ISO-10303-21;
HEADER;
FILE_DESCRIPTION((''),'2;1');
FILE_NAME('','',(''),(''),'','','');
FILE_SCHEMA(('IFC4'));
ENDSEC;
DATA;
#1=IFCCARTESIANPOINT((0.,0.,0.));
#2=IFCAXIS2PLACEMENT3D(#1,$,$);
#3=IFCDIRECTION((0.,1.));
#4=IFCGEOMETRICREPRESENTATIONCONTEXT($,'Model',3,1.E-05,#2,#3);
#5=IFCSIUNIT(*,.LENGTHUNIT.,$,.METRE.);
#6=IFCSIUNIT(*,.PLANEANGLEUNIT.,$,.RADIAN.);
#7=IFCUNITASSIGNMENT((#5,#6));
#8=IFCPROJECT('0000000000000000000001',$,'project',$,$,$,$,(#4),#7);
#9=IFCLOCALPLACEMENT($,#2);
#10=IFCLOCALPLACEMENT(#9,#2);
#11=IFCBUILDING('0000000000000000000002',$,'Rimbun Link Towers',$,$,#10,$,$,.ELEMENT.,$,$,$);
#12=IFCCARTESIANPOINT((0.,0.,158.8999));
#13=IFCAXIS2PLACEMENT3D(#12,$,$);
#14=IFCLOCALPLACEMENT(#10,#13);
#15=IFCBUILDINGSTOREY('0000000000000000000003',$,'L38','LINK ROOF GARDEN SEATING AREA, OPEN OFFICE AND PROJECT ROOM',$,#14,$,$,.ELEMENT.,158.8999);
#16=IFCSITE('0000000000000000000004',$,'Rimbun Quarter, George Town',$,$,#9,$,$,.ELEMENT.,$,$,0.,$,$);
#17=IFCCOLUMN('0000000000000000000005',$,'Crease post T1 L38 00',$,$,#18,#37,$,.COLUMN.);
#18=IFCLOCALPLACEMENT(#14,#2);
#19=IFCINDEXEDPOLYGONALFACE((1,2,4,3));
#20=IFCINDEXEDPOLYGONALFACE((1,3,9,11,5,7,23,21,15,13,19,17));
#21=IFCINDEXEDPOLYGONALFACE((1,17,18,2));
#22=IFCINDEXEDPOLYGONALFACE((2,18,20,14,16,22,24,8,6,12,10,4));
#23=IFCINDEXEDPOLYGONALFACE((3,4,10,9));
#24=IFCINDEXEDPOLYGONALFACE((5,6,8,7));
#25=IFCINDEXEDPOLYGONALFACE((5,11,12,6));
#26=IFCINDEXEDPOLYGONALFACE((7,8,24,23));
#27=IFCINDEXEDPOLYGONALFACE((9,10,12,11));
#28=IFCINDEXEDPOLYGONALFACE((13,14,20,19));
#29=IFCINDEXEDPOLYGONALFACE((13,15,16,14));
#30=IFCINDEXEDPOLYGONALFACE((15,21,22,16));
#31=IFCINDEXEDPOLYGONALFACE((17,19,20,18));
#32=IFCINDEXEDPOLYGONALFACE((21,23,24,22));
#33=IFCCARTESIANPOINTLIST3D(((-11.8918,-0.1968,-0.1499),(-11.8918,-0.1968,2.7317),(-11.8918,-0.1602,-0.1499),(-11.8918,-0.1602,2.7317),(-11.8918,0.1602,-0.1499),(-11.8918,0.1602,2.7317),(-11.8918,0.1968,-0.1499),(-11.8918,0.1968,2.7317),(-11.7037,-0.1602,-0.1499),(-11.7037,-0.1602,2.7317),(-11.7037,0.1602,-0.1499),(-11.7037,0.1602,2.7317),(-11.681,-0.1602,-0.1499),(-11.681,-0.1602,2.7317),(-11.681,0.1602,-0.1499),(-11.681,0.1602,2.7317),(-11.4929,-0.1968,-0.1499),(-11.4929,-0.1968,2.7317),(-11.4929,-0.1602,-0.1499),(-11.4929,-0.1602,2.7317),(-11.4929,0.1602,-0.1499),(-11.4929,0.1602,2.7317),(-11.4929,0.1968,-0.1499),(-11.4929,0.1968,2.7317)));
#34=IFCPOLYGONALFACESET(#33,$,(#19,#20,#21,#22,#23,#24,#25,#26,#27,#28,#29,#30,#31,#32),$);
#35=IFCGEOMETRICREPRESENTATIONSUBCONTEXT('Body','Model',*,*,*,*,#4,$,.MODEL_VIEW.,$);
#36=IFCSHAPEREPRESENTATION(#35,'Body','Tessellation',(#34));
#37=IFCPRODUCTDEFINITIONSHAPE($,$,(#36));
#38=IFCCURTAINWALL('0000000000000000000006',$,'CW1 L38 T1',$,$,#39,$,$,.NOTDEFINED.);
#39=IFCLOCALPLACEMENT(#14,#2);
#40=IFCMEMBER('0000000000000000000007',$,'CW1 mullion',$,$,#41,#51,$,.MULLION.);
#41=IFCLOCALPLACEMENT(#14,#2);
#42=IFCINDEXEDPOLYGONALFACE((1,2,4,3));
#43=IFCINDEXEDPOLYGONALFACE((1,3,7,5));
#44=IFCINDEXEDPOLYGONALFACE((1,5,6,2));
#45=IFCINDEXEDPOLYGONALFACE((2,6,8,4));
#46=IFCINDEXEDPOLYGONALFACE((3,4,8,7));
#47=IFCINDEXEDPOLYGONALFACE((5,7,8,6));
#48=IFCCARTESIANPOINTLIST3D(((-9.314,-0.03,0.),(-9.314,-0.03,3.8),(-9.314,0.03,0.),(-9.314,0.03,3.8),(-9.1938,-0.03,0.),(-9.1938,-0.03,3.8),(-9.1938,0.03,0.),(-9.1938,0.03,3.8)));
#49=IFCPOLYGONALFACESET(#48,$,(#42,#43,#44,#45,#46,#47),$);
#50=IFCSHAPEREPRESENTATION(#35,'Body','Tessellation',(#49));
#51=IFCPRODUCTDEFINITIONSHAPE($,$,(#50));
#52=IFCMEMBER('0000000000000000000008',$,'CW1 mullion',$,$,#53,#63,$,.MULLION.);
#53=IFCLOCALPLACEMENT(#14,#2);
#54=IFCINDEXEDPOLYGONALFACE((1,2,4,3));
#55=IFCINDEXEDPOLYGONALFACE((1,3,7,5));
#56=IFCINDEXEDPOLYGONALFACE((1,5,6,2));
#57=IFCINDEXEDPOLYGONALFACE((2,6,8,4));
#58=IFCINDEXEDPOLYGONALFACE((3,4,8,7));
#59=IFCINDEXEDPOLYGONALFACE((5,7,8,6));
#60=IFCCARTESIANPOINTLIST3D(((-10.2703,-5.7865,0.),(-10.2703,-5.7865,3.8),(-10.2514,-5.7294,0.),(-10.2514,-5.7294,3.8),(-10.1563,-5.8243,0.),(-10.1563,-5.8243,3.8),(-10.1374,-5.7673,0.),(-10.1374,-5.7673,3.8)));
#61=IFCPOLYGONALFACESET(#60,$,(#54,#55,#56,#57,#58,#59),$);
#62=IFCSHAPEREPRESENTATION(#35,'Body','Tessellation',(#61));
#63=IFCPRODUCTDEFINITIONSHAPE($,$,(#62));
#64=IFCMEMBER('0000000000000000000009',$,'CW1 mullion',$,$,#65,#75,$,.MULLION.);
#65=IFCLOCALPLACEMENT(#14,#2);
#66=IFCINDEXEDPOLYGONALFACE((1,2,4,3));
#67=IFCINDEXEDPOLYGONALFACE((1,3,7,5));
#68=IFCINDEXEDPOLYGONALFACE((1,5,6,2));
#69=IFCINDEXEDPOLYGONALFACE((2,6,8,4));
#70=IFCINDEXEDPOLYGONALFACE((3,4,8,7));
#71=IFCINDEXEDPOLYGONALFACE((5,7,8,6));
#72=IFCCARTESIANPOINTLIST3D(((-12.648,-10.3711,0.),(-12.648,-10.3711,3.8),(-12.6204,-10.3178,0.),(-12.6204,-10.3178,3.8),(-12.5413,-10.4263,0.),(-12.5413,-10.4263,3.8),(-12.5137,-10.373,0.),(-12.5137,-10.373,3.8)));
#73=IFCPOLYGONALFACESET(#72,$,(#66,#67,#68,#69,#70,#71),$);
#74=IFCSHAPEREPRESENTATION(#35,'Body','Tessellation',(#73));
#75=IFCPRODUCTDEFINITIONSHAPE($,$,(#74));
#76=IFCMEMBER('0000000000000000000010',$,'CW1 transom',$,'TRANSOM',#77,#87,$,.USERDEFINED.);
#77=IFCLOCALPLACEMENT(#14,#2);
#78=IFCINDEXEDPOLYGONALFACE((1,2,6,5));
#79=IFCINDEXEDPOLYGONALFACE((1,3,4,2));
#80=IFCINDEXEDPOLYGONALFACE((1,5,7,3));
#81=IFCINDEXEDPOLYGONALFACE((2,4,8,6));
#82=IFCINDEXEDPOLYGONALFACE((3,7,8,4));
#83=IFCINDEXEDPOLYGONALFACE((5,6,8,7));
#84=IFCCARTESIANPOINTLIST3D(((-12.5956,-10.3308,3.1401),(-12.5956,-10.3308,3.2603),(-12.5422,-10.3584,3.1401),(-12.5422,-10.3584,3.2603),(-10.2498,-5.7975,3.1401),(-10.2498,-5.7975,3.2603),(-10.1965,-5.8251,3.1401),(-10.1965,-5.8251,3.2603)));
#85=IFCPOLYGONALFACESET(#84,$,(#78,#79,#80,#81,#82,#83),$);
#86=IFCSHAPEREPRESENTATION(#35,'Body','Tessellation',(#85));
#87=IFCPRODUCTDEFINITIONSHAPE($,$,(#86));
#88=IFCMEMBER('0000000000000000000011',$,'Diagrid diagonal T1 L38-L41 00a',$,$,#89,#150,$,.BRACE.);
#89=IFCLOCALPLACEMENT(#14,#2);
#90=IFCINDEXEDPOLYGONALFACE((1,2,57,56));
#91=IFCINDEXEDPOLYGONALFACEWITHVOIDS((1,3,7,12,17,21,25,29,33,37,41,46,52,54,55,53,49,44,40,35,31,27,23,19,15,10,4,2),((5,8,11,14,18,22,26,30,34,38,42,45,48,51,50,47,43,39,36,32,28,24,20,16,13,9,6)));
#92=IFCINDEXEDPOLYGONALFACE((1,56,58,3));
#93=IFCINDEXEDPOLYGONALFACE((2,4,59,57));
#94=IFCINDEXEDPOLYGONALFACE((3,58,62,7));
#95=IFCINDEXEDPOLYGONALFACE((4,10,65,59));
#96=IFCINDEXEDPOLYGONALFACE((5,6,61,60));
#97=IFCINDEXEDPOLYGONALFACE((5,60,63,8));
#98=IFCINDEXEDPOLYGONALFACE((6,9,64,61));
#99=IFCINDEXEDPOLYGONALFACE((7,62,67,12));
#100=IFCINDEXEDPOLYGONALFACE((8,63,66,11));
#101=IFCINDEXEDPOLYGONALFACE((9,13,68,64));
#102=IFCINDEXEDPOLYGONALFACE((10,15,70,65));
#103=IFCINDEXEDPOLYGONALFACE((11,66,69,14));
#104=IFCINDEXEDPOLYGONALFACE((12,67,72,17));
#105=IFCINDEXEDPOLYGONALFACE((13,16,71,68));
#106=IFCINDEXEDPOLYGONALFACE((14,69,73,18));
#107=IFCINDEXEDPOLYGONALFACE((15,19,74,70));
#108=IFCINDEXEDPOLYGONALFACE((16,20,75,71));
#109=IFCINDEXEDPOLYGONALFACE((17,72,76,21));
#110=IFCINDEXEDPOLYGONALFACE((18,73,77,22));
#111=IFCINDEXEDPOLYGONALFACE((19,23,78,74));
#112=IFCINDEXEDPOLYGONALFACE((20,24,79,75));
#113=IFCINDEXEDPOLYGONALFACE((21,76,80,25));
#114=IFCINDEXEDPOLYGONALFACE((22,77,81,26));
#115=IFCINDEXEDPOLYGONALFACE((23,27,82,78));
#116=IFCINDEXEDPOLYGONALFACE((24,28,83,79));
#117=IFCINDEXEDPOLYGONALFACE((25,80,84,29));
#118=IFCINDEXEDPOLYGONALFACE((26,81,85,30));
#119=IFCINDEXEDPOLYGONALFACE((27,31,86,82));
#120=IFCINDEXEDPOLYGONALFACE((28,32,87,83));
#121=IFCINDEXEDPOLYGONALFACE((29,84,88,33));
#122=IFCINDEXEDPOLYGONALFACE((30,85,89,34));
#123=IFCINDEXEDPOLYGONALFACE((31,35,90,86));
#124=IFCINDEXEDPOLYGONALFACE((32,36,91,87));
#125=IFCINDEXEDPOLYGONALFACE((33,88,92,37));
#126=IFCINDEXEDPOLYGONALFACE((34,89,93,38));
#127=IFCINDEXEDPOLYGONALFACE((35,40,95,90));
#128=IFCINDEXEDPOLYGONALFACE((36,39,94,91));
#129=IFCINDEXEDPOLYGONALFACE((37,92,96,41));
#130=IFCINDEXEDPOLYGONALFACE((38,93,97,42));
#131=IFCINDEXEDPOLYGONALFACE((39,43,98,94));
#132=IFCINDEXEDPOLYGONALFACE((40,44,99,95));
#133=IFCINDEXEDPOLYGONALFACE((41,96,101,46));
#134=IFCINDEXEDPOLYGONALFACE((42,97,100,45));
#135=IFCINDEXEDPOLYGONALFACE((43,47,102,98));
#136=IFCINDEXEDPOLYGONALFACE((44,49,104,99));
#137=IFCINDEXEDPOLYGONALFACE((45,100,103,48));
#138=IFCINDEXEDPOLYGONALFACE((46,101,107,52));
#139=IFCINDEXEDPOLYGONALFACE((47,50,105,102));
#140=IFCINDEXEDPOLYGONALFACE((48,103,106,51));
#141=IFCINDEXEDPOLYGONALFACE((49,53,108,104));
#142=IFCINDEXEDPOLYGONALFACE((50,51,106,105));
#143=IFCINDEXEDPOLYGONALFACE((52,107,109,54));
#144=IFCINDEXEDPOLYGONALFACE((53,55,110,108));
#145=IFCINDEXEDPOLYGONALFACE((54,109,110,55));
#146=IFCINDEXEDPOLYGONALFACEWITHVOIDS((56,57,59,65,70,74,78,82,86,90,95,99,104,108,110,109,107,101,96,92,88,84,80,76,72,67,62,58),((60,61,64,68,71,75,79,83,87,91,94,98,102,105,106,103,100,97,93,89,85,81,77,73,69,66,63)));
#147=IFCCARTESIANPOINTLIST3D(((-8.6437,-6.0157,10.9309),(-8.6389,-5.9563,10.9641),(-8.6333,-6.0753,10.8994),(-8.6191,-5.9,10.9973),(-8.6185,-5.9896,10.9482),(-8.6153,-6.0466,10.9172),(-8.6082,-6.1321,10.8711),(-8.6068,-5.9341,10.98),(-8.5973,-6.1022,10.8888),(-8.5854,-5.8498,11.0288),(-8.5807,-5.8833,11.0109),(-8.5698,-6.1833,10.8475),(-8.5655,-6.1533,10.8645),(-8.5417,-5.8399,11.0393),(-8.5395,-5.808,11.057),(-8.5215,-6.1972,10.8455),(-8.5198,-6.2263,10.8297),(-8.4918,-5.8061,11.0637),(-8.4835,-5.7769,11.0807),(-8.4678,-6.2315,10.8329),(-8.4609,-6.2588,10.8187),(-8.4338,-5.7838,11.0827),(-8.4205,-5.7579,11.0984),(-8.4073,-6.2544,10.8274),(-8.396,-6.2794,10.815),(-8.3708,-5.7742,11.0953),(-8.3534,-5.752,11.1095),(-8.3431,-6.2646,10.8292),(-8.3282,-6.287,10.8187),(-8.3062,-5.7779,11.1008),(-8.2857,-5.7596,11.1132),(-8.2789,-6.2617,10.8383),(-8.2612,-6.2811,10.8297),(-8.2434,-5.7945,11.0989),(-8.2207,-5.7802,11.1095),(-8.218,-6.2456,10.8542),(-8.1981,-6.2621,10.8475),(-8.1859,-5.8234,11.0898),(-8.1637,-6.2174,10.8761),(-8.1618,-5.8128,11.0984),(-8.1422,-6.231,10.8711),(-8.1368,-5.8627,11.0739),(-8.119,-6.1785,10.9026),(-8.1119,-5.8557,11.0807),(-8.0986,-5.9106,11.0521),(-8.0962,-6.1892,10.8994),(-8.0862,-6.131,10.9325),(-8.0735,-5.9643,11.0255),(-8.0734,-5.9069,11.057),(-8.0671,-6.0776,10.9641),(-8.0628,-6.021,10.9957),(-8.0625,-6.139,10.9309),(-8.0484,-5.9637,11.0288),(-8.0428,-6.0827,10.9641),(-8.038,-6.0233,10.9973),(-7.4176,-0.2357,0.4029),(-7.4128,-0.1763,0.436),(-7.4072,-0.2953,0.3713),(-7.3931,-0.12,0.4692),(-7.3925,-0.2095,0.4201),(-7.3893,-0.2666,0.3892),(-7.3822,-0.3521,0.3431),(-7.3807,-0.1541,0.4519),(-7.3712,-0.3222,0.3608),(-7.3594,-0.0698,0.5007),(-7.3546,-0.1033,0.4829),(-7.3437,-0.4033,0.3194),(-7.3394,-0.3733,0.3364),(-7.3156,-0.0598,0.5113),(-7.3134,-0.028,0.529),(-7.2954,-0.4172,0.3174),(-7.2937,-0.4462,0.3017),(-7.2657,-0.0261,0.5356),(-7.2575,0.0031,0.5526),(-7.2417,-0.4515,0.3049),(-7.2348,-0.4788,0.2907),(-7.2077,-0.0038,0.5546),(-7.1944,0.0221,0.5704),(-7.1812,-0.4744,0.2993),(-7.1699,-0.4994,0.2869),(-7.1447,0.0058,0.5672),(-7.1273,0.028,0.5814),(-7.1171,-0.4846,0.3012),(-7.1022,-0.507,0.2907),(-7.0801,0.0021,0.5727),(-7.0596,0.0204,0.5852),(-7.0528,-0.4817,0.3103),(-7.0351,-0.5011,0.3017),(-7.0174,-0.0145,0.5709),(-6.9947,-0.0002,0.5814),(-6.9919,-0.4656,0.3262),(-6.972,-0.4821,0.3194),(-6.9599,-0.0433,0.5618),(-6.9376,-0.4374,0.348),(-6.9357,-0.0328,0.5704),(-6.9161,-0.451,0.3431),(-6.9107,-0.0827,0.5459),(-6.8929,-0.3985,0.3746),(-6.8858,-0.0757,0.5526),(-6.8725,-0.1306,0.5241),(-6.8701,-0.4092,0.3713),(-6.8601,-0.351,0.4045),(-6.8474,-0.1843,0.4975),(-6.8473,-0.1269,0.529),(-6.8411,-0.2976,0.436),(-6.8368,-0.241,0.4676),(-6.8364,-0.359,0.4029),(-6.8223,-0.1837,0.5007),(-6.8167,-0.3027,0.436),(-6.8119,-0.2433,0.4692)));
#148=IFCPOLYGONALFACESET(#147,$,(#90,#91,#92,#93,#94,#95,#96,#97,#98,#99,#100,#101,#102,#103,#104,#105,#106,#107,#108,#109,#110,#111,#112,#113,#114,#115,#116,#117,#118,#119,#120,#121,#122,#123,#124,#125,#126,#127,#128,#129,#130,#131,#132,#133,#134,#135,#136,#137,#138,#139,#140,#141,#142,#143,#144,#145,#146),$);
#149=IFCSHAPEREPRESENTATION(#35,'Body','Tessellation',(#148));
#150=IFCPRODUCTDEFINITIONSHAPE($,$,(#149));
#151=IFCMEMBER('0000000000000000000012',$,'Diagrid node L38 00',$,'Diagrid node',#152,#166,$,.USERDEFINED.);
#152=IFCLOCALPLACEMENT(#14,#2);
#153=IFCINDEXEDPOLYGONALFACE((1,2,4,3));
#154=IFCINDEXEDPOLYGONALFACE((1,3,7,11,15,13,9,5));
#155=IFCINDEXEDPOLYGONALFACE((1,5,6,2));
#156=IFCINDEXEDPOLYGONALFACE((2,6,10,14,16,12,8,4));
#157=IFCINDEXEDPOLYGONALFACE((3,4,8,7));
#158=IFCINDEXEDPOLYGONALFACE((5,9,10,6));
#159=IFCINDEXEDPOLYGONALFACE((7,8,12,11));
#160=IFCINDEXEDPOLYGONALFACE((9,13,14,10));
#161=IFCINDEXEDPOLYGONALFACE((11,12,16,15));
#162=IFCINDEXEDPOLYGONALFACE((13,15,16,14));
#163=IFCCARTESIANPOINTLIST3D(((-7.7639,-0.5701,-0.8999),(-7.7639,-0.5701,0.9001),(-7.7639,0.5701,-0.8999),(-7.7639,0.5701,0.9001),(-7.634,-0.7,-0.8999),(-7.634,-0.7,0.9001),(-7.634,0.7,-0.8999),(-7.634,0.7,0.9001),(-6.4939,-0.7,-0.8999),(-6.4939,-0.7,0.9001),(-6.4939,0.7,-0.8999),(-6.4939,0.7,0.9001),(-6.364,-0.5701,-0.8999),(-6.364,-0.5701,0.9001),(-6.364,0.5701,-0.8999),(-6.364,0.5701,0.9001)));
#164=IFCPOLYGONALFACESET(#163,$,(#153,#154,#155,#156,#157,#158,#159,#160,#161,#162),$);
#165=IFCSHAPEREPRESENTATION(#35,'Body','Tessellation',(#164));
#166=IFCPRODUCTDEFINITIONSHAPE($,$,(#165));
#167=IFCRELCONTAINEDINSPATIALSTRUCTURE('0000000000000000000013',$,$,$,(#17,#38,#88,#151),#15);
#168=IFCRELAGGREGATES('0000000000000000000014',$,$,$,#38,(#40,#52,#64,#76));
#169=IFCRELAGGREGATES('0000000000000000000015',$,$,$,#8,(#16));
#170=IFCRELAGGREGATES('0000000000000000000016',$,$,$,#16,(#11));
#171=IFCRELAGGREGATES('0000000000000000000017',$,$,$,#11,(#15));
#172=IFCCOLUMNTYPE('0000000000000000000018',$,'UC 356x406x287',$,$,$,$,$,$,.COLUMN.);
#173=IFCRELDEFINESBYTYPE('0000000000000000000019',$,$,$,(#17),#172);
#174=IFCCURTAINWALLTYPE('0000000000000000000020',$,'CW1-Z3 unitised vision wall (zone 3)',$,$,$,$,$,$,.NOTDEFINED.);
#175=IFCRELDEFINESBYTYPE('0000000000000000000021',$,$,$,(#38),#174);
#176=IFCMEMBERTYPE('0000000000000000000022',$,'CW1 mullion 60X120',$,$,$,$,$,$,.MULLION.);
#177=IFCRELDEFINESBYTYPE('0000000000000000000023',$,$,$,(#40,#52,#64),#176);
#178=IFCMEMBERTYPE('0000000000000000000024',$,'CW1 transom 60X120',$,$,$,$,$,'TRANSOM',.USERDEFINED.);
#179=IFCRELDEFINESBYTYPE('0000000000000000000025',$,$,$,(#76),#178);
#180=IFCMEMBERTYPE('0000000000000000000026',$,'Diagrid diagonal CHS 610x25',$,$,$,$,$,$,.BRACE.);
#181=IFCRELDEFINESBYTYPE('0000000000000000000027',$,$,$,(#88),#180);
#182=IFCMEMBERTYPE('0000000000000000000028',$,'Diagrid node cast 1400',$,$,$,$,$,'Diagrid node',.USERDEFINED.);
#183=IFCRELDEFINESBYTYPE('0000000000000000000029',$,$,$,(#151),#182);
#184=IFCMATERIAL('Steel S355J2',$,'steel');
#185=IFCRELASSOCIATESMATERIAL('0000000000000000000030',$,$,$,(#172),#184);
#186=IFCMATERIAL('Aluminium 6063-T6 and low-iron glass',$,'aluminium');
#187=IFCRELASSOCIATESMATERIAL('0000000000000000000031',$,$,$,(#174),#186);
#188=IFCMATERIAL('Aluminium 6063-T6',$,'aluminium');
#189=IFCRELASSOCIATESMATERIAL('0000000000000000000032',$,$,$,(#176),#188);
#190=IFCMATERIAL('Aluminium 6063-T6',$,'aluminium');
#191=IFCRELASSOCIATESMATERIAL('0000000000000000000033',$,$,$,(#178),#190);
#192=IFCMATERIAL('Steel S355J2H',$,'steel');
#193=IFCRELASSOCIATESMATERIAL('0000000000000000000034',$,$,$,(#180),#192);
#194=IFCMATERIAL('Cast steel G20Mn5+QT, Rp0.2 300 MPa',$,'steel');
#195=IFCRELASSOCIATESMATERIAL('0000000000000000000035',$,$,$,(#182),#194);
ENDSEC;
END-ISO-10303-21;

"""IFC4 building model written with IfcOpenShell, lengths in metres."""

from ifc_helpers import new_model, si_unit, direction, frame, origin, origin_2d, place, context, subcontext, project, spatial, polyline, rectangle, hollow_circle, i_section, outline, extrude, material, material_profile, profile_set, type_object, element, aggregate, save


model = new_model("IFC4")

# Units and contexts
model_context = context("Model", 3, precision=1e-05, world=origin(), true_north=direction((0.0, 1.0)))
body_context = subcontext(model_context, "Body", "Model", "MODEL_VIEW")
ifc_project = project(units=[si_unit("LENGTHUNIT", "METRE"), si_unit("PLANEANGLEUNIT", "RADIAN")], contexts=[model_context])

# Site, building, storey
site_placement = place(None, origin())
site = spatial("IfcSite", under=ifc_project, at=site_placement, Name="Rimbun Quarter, George Town", CompositionType="ELEMENT", RefElevation=0.0)
building_placement = place(site_placement, origin())
building = spatial("IfcBuilding", under=site, at=building_placement, Name="Rimbun Link Towers", CompositionType="ELEMENT")
storey_placement = place(building_placement, frame((0.0, 0.0, 158.8999)))
storey = spatial("IfcBuildingStorey", under=building, at=storey_placement, Name="L38", Description="LINK ROOF GARDEN SEATING AREA, OPEN OFFICE AND PROJECT ROOM", CompositionType="ELEMENT", Elevation=158.8999)

# Column
ifc_material_1 = material(Name="Steel S355J2", Category="steel")
ifc_material_profile_1 = material_profile(ifc_material_1, i_section(OverallWidth=0.3989, OverallDepth=0.3936, WebThickness=0.0227, FlangeThickness=0.0366, at=origin_2d()), Name="UC 356x406x287")
ifc_profile_set_1 = profile_set([ifc_material_profile_1], Name="Steel S355J2")
column_type = type_object("IfcColumnType", Name="UC 356x406x287", PredefinedType="COLUMN", material=ifc_profile_set_1)
column_placement = place(storey_placement, frame((-11.6924, 0.0, -0.1499), z_axis=(0.0, 0.0, 1.0), x_axis=(1.0, 0.0, 0.0)))
element("IfcColumn", 1, at=column_placement, inside=storey, type_object=column_type, Name="Crease post T1 L38 00", PredefinedType="COLUMN", context=body_context, shape_type="SweptSolid", body=[
    extrude(i_section(OverallWidth=0.3989, OverallDepth=0.3936, WebThickness=0.0227, FlangeThickness=0.0366, at=origin_2d()), origin(), (0.0, 0.0, 1.0), 2.8816),
])

# Curtain wall, members
ifc_material_2 = material(Name="Aluminium 6063-T6 and low-iron glass", Category="aluminium")
curtain_wall_type = type_object("IfcCurtainWallType", Name="CW1-Z3 unitised vision wall (zone 3)", PredefinedType="NOTDEFINED", material=ifc_material_2)
curtain_wall_placement = place(storey_placement, origin())
curtain_wall = element("IfcCurtainWall", 2, at=curtain_wall_placement, inside=storey, type_object=curtain_wall_type, Name="CW1 L38 T1", PredefinedType="NOTDEFINED")
ifc_material_3 = material(Name="Aluminium 6063-T6", Category="aluminium")
ifc_material_profile_2 = material_profile(ifc_material_3, rectangle(XDim=0.1201, YDim=0.0601, at=origin_2d()), Name="MULLION 60X120")
ifc_profile_set_2 = profile_set([ifc_material_profile_2], Name="Aluminium 6063-T6")
member_type_1 = type_object("IfcMemberType", Name="CW1 mullion 60X120", PredefinedType="MULLION", material=ifc_profile_set_2)
member_1_placement = place(storey_placement, frame((-9.2539, 0.0, 0.0), z_axis=(0.0, 0.0, 1.0), x_axis=(1.0, 0.0, 0.0)))
member_1 = element("IfcMember", 3, at=member_1_placement, type_object=member_type_1, Name="CW1 mullion", PredefinedType="MULLION", context=body_context, shape_type="SweptSolid", body=[
    extrude(rectangle(XDim=0.1201, YDim=0.0601, at=origin_2d()), origin(), (0.0, 0.0, 1.0), 3.8),
])
member_2_placement = place(storey_placement, frame((-10.2039, -5.7769, 0.0), z_axis=(0.0, 0.0, 1.0), x_axis=(0.94916, -0.314794, 0.0)))
member_2 = element("IfcMember", 4, at=member_2_placement, type_object=member_type_1, Name="CW1 mullion", PredefinedType="MULLION", context=body_context, shape_type="SweptSolid", body=[
    extrude(rectangle(XDim=0.1201, YDim=0.0601, at=origin_2d()), origin(), (0.0, 0.0, 1.0), 3.8),
])
member_3_placement = place(storey_placement, frame((-12.5808, -10.3721, 0.0), z_axis=(0.0, 0.0, 1.0), x_axis=(0.888144, -0.459565, 0.0)))
member_3 = element("IfcMember", 5, at=member_3_placement, type_object=member_type_1, Name="CW1 mullion", PredefinedType="MULLION", context=body_context, shape_type="SweptSolid", body=[
    extrude(rectangle(XDim=0.1201, YDim=0.0601, at=origin_2d()), origin(), (0.0, 0.0, 1.0), 3.8),
])
ifc_material_4 = material(Name="Aluminium 6063-T6", Category="aluminium")
ifc_material_profile_3 = material_profile(ifc_material_4, rectangle(XDim=0.0601, YDim=0.1201, at=origin_2d()), Name="TRANSOM 60X120")
ifc_profile_set_3 = profile_set([ifc_material_profile_3], Name="Aluminium 6063-T6")
member_type_2 = type_object("IfcMemberType", Name="CW1 transom 60X120", ElementType="TRANSOM", PredefinedType="USERDEFINED", material=ifc_profile_set_3)
member_4_placement = place(storey_placement, frame((-10.2231, -5.8113, 3.2002), z_axis=(-0.459569, -0.888142, 0.0), x_axis=(0.888142, -0.459569, 0.0)))
member_4 = element("IfcMember", 6, at=member_4_placement, type_object=member_type_2, Name="CW1 transom", ObjectType="TRANSOM", PredefinedType="USERDEFINED", context=body_context, shape_type="SweptSolid", body=[
    extrude(rectangle(XDim=0.0601, YDim=0.1201, at=origin_2d()), origin(), (0.0, 0.0, 1.0), 5.1042),
])

# Members
ifc_material_5 = material(Name="Steel S355J2H", Category="steel")
ifc_material_profile_4 = material_profile(ifc_material_5, hollow_circle(Radius=0.3047, WallThickness=0.0249, at=origin_2d()), Name="Diagrid diagonal CHS 610x25")
ifc_profile_set_4 = profile_set([ifc_material_profile_4], Name="Steel S355J2H")
member_type_3 = type_object("IfcMemberType", Name="Diagrid diagonal CHS 610x25", PredefinedType="BRACE", material=ifc_profile_set_4)
member_5_placement = place(storey_placement, frame((-7.1147, -0.2395, 0.436), z_axis=(-0.101557, -0.478765, 0.87205), x_axis=(0.978234, -0.207505, 0.0)))
element("IfcMember", 7, at=member_5_placement, inside=storey, type_object=member_type_3, Name="Diagrid diagonal T1 L38-L41 00a", PredefinedType="BRACE", context=body_context, shape_type="SweptSolid", body=[
    extrude(hollow_circle(Radius=0.3047, WallThickness=0.0249, at=origin_2d()), origin(), (0.0, 0.0, 1.0), 12.0728),
])
ifc_material_6 = material(Name="Cast steel G20Mn5+QT, Rp0.2 300 MPa", Category="steel")
ifc_material_profile_5 = material_profile(ifc_material_6, outline(polyline([(0.7, -0.5701), (0.7, 0.5701), (0.5701, 0.7), (-0.5701, 0.7), (-0.7, 0.5701), (-0.7, -0.5701), (-0.5701, -0.7), (0.5701, -0.7), (0.7, -0.5701)])), Name="NODE 1400x1400")
ifc_profile_set_5 = profile_set([ifc_material_profile_5], Name="Cast steel G20Mn5+QT, Rp0.2 300 MPa")
member_type_4 = type_object("IfcMemberType", Name="Diagrid node cast 1400", ElementType="Diagrid node", PredefinedType="USERDEFINED", material=ifc_profile_set_5)
member_6_placement = place(storey_placement, frame((-7.064, 0.0, -0.8999), z_axis=(0.0, 0.0, 1.0), x_axis=(1.0, 0.0, 0.0)))
element("IfcMember", 8, at=member_6_placement, inside=storey, type_object=member_type_4, Name="Diagrid node L38 00", ObjectType="Diagrid node", PredefinedType="USERDEFINED", context=body_context, shape_type="SweptSolid", body=[
    extrude(outline(polyline([(0.7, -0.5701), (0.7, 0.5701), (0.5701, 0.7), (-0.5701, 0.7), (-0.7, 0.5701), (-0.7, -0.5701), (-0.5701, -0.7), (0.5701, -0.7), (0.7, -0.5701)])), origin(), (0.0, 0.0, 1.0), 1.8),
])

aggregate(curtain_wall, [member_1, member_2, member_3, member_4])

save(model, "model.ifc")
